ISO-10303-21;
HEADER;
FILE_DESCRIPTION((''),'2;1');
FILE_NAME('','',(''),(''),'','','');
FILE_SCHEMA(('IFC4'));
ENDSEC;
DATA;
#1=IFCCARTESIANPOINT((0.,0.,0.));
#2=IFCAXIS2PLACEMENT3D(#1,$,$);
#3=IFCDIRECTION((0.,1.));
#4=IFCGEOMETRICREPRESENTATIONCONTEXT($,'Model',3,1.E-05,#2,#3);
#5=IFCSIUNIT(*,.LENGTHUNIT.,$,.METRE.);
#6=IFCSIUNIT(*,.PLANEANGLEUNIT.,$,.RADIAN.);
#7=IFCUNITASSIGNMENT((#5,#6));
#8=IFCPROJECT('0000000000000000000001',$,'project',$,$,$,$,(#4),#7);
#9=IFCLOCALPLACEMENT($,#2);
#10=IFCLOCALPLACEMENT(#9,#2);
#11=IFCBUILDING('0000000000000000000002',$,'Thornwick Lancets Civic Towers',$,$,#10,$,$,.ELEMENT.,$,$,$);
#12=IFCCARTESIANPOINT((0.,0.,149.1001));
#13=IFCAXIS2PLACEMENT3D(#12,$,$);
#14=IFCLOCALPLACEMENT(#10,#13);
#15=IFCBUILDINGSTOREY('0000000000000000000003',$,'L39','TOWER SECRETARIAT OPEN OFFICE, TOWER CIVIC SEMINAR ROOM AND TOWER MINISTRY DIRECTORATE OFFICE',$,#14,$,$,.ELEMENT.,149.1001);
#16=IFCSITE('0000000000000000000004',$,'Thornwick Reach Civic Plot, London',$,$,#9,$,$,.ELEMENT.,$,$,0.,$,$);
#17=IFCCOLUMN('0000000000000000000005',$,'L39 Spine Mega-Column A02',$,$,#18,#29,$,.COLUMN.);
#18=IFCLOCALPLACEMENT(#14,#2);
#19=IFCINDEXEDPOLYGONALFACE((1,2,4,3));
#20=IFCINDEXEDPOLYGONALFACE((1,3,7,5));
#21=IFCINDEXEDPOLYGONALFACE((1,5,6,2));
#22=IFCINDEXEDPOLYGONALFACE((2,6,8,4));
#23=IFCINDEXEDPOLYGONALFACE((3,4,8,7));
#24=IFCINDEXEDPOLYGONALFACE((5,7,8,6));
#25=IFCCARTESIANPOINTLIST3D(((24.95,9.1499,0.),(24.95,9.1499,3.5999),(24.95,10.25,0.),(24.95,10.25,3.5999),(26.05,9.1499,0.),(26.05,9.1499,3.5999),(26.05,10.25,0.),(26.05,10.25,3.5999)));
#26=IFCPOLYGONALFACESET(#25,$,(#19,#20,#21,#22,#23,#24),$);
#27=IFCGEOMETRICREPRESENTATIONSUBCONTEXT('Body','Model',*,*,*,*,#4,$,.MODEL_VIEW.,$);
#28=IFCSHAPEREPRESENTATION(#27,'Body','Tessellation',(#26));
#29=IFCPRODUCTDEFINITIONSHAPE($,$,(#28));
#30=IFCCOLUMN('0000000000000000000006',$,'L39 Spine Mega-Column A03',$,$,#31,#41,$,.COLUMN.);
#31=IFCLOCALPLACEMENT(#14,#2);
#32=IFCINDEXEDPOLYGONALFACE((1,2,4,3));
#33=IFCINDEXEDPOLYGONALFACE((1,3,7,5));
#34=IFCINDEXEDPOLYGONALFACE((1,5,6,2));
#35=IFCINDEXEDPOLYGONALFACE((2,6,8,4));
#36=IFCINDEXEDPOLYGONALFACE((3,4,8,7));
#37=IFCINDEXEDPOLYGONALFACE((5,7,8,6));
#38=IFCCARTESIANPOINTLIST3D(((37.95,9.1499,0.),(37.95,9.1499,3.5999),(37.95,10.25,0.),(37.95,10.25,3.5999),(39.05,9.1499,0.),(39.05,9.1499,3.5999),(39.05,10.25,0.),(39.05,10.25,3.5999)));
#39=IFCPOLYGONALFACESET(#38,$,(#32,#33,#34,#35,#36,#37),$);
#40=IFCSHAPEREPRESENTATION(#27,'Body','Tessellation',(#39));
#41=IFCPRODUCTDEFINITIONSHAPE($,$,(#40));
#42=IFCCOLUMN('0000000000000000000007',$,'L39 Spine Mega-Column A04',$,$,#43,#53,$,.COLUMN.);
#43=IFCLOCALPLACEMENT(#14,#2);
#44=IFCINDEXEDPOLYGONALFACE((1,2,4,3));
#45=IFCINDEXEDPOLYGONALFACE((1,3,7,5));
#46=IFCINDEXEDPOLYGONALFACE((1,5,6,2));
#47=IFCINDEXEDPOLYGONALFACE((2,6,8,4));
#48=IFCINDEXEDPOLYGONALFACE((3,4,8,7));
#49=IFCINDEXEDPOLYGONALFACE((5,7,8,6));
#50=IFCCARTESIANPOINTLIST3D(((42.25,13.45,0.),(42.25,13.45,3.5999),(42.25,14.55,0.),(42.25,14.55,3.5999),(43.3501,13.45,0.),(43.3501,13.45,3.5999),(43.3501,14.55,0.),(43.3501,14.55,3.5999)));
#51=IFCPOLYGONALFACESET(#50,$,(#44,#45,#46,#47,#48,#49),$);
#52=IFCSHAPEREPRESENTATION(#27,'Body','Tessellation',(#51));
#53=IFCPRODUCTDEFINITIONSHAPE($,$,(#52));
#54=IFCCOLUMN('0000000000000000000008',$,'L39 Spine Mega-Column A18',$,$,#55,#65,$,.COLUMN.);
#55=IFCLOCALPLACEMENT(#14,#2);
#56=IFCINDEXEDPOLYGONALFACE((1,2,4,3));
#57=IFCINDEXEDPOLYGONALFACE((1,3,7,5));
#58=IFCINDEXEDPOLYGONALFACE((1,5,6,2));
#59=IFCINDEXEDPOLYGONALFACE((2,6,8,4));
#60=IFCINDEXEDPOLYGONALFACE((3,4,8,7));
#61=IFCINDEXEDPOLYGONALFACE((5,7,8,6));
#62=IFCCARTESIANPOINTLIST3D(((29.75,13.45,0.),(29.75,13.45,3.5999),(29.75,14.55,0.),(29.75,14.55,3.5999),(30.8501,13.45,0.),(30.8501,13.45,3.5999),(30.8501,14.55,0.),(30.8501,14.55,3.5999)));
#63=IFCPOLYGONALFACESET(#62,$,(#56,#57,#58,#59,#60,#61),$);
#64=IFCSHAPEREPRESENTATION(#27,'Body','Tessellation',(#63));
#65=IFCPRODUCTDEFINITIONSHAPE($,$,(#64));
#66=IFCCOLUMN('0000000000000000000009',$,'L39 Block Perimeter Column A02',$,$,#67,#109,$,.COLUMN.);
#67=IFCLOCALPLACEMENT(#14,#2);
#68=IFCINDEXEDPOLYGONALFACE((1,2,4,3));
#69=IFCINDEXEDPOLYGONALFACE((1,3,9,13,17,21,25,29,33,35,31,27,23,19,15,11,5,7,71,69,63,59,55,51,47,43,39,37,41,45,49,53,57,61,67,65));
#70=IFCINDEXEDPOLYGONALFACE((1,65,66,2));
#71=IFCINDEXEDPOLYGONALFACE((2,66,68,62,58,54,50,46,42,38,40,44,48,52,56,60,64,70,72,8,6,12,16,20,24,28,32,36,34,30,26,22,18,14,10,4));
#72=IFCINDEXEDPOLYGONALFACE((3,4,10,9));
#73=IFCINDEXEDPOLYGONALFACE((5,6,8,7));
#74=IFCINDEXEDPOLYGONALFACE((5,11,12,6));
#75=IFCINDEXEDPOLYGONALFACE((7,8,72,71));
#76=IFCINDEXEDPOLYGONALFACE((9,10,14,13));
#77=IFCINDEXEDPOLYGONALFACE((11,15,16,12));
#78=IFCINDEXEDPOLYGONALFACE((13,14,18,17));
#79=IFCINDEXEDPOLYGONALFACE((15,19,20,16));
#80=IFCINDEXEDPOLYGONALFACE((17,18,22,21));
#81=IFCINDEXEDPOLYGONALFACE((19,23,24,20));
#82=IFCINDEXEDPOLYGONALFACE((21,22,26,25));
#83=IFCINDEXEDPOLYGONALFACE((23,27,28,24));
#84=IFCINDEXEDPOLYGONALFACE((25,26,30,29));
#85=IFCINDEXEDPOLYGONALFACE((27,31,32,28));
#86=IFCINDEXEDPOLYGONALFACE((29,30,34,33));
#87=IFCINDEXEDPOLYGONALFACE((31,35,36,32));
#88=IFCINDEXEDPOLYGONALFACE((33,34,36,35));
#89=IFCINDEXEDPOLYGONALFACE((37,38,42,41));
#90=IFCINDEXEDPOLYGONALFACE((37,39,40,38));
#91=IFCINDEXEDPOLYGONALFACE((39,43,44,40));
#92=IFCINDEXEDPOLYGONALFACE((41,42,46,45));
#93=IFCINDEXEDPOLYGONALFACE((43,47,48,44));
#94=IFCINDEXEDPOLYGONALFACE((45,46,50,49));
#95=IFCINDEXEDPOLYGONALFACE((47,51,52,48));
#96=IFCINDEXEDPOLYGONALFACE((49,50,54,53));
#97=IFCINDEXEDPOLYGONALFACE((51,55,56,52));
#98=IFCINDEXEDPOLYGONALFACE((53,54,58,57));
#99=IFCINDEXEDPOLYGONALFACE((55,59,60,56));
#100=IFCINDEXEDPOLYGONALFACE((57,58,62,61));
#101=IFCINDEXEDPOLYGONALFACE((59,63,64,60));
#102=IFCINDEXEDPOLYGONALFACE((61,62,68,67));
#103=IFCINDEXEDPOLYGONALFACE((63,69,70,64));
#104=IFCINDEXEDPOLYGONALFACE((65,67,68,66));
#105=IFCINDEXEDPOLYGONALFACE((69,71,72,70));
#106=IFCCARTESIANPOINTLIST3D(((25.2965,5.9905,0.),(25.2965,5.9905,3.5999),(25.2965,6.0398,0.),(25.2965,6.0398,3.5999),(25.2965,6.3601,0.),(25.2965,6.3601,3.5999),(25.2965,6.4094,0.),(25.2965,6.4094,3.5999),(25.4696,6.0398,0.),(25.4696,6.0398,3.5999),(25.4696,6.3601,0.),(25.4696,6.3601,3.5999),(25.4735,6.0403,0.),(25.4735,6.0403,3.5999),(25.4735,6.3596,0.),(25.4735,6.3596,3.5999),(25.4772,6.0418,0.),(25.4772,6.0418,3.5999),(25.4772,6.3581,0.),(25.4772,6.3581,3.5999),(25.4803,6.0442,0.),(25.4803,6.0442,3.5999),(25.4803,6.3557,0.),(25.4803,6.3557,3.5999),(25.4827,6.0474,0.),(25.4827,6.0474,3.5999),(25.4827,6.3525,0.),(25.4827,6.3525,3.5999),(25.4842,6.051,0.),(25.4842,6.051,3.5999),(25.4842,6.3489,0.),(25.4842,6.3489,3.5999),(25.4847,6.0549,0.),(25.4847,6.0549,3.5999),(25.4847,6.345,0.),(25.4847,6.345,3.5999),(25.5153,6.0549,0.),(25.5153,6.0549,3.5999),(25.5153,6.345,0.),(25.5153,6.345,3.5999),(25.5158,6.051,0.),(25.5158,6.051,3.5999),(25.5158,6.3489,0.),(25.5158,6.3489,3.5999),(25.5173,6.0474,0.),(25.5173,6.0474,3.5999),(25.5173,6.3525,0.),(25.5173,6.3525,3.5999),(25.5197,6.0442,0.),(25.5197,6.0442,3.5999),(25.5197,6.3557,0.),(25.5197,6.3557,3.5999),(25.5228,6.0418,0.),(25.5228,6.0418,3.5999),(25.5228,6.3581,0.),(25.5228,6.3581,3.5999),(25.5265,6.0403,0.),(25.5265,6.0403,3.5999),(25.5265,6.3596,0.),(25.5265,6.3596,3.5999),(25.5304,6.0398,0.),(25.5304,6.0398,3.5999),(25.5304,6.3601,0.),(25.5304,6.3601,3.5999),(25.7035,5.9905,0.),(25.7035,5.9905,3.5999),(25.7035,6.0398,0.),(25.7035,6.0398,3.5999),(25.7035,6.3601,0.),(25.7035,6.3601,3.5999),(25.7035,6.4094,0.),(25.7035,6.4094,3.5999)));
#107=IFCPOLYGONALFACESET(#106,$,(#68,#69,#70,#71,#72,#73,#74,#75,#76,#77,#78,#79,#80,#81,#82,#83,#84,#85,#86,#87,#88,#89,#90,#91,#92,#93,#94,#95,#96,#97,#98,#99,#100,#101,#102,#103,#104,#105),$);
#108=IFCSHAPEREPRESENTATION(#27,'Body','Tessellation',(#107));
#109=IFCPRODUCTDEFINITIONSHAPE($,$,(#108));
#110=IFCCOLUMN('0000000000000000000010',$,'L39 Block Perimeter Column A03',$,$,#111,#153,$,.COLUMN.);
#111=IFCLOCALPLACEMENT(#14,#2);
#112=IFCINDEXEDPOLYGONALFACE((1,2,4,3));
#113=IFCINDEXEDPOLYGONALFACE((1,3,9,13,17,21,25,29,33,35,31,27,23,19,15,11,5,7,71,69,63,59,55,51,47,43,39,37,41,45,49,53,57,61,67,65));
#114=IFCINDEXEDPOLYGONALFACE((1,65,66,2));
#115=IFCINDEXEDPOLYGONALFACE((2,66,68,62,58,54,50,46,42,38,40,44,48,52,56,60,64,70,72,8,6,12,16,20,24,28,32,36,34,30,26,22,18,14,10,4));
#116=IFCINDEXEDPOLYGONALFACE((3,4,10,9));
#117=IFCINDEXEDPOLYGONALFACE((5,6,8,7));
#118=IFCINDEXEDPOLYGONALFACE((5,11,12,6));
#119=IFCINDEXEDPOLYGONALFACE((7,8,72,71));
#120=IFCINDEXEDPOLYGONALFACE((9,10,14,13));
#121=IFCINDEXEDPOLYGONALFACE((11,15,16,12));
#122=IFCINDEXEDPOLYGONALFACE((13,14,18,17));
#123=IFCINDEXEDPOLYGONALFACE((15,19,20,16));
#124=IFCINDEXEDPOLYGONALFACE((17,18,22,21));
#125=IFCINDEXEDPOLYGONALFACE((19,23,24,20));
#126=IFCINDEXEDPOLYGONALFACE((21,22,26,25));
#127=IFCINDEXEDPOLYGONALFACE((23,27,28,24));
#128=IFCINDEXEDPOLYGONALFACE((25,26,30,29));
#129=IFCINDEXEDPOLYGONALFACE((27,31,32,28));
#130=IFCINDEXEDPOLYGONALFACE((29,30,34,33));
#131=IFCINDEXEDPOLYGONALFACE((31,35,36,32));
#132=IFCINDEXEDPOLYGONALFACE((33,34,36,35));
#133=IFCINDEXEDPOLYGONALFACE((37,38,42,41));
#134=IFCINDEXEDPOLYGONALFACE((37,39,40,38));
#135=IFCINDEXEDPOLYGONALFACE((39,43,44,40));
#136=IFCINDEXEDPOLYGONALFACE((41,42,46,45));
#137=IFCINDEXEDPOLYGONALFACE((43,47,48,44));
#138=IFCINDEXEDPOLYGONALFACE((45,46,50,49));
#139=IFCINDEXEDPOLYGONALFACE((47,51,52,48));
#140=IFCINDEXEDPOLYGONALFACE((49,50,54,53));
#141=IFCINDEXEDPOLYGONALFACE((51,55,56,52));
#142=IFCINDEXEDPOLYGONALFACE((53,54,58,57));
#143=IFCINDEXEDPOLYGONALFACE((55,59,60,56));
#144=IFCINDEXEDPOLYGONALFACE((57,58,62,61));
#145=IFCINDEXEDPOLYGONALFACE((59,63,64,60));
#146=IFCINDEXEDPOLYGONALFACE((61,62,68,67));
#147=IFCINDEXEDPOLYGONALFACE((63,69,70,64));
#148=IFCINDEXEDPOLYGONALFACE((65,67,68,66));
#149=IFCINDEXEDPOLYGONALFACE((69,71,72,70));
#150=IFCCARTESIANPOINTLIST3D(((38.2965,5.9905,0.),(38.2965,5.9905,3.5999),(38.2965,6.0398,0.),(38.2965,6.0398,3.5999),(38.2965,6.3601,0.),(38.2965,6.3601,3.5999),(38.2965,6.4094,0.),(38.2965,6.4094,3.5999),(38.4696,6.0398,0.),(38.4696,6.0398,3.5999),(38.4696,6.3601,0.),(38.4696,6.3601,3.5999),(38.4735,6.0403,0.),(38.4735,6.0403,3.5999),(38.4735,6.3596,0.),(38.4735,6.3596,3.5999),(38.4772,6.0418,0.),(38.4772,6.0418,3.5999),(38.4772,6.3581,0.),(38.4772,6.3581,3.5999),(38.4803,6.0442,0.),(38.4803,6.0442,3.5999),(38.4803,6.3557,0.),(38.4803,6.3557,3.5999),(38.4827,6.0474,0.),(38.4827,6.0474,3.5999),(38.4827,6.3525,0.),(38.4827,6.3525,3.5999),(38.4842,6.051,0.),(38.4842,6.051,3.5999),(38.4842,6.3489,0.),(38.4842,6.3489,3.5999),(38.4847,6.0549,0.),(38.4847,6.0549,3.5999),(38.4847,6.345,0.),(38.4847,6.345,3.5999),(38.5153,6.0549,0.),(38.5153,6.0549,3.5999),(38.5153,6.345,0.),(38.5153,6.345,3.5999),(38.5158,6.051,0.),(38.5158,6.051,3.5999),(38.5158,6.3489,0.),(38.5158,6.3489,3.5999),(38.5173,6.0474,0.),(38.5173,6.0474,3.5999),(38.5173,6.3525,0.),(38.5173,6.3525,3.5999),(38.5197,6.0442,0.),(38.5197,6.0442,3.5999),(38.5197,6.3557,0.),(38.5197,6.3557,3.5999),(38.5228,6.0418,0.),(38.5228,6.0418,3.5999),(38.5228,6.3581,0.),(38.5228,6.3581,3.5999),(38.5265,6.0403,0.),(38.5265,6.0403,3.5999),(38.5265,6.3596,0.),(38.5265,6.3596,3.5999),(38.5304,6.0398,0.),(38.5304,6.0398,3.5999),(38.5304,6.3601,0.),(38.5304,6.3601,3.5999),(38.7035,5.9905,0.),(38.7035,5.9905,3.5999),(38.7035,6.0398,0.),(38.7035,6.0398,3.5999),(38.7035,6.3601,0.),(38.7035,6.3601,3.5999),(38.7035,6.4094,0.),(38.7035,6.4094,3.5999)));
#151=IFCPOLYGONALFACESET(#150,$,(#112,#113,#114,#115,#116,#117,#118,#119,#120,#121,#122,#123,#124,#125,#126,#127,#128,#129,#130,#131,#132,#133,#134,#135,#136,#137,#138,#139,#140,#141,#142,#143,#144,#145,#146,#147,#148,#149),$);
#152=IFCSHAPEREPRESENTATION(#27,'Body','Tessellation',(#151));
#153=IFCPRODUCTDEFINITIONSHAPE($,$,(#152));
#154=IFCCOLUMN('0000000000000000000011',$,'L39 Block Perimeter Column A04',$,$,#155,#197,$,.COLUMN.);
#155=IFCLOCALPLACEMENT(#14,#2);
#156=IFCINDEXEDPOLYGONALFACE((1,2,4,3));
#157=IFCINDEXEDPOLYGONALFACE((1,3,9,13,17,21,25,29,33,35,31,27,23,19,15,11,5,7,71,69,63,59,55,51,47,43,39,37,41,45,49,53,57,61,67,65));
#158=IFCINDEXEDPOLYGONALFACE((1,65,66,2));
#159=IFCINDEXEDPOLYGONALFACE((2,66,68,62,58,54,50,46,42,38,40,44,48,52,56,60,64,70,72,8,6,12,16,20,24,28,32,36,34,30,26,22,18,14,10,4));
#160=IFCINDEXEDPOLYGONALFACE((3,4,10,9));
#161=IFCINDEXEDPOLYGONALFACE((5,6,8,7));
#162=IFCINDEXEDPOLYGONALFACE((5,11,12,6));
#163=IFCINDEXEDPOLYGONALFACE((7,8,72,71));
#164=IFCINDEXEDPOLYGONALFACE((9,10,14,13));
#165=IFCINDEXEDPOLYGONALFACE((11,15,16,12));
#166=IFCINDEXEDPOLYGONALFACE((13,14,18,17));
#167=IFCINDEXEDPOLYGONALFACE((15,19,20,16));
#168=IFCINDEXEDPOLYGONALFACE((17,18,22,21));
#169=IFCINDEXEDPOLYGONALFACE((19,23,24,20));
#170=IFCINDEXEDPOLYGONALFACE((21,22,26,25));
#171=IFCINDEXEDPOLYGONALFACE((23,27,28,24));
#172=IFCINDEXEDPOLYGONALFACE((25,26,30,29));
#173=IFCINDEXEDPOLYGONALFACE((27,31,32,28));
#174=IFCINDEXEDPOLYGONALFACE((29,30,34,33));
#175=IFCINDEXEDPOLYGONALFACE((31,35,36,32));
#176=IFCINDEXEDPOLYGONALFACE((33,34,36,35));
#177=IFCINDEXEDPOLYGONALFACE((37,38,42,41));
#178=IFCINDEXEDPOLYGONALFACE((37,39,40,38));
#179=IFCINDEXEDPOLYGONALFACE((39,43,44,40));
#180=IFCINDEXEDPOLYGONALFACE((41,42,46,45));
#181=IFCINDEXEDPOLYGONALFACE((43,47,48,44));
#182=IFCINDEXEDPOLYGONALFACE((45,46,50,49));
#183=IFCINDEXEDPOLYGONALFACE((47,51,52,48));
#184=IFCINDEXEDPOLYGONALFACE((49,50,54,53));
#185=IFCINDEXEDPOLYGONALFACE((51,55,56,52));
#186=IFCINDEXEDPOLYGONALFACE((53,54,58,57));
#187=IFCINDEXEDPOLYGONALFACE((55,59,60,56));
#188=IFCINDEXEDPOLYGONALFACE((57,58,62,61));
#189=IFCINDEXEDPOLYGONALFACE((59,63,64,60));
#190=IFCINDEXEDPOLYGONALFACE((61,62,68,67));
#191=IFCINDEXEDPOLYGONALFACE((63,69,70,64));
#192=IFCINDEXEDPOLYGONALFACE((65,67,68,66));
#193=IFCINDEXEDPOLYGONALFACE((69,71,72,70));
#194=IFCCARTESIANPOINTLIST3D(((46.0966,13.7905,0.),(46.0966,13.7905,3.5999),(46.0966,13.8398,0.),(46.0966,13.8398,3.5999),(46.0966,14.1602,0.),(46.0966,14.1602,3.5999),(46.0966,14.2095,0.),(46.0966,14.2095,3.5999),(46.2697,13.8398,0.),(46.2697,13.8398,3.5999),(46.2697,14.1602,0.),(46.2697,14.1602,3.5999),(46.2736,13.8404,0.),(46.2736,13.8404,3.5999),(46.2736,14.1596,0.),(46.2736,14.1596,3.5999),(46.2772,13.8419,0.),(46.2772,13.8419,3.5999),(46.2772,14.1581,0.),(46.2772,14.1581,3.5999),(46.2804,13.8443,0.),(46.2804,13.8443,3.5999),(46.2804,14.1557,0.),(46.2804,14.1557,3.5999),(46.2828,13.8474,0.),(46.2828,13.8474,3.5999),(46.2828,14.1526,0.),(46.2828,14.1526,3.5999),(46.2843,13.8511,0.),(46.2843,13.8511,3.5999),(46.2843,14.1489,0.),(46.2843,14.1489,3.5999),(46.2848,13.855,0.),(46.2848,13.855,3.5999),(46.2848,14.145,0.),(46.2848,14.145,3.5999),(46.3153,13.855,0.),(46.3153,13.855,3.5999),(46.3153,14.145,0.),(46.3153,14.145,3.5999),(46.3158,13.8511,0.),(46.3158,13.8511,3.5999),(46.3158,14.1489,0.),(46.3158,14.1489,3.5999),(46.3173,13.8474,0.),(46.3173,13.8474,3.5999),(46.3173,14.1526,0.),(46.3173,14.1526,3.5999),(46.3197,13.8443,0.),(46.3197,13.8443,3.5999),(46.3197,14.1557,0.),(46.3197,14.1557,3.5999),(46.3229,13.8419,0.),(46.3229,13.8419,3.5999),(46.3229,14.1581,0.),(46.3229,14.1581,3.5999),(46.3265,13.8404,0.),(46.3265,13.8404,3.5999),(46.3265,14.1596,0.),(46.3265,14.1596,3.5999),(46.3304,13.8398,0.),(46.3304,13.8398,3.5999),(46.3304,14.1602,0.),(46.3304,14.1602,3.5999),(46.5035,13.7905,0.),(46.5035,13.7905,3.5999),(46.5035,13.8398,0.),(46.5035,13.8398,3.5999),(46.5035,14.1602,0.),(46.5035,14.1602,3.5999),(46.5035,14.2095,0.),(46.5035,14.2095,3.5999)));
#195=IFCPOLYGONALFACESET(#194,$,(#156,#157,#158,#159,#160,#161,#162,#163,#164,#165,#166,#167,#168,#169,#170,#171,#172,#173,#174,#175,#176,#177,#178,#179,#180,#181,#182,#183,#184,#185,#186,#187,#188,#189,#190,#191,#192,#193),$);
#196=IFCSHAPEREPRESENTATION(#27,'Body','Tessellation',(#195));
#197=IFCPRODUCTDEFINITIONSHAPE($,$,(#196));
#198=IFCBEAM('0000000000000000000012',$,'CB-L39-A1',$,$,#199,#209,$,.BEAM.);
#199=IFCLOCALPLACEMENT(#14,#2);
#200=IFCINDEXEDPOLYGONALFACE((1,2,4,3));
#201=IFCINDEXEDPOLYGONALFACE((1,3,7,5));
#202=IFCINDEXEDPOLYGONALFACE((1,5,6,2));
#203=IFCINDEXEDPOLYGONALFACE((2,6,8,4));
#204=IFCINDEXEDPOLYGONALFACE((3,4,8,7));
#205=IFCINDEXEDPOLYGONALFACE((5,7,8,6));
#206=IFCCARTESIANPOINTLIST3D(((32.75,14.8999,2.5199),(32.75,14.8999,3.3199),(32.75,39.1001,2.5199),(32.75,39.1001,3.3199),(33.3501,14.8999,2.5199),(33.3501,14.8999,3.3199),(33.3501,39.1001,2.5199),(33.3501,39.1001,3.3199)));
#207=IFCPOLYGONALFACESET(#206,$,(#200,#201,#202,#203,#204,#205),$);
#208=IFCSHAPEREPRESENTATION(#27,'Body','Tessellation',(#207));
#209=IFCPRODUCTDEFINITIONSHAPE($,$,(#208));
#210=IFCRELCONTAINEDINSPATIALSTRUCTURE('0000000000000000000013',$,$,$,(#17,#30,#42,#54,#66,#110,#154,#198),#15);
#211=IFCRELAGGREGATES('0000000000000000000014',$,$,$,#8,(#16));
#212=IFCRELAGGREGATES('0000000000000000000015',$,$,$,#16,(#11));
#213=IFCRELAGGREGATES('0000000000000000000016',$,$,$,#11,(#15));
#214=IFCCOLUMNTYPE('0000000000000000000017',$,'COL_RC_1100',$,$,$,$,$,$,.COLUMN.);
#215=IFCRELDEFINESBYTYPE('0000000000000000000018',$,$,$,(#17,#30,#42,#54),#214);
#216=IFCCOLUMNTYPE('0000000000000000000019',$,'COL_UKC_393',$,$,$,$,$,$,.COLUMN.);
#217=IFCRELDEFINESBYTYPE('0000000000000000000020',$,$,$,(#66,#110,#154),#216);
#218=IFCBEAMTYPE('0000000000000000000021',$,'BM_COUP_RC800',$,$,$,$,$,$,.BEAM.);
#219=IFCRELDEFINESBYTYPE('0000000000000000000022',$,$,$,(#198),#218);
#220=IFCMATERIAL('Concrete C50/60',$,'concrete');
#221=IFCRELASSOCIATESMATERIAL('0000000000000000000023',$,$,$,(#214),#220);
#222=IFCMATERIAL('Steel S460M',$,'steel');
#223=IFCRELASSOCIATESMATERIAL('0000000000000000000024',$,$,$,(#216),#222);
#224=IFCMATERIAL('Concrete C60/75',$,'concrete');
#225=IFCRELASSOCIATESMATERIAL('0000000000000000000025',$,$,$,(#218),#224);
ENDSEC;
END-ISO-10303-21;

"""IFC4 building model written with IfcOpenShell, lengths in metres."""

from ifc_helpers import new_model, si_unit, direction, frame, origin, origin_2d, place, context, subcontext, project, spatial, rectangle, i_section, extrude, material, material_profile, profile_set, type_object, element, save


model = new_model("IFC4")

# Units and contexts
model_context = context("Model", 3, precision=1e-05, world=origin(), true_north=direction((0.0, 1.0)))
body_context = subcontext(model_context, "Body", "Model", "MODEL_VIEW")
ifc_project = project(units=[si_unit("LENGTHUNIT", "METRE"), si_unit("PLANEANGLEUNIT", "RADIAN")], contexts=[model_context])

# Site, building, storey
site_placement = place(None, origin())
site = spatial("IfcSite", under=ifc_project, at=site_placement, Name="Thornwick Reach Civic Plot, London", CompositionType="ELEMENT", RefElevation=0.0)
building_placement = place(site_placement, origin())
building = spatial("IfcBuilding", under=site, at=building_placement, Name="Thornwick Lancets Civic Towers", CompositionType="ELEMENT")
storey_placement = place(building_placement, frame((0.0, 0.0, 149.1001)))
storey = spatial("IfcBuildingStorey", under=building, at=storey_placement, Name="L39", Description="TOWER SECRETARIAT OPEN OFFICE, TOWER CIVIC SEMINAR ROOM AND TOWER MINISTRY DIRECTORATE OFFICE", CompositionType="ELEMENT", Elevation=149.1001)

# Columns
ifc_material_1 = material(Name="Concrete C50/60", Category="concrete")
ifc_material_profile_1 = material_profile(ifc_material_1, rectangle(XDim=1.1001, YDim=1.1001, at=origin_2d()), Name="RC 1100x1100")
ifc_profile_set_1 = profile_set([ifc_material_profile_1], Name="Concrete C50/60")
column_type_1 = type_object("IfcColumnType", Name="COL_RC_1100", PredefinedType="COLUMN", material=ifc_profile_set_1)
for number, where, z_axis, x_axis, name in (
    (1, (25.5, 9.7, 0.0), (0.0, 0.0, 1.0), (1.0, 0.0, 0.0), "L39 Spine Mega-Column A02"),
    (2, (38.5, 9.7, 0.0), (0.0, 0.0, 1.0), (1.0, 0.0, 0.0), "L39 Spine Mega-Column A03"),
    (3, (42.8, 14.0, 0.0), (0.0, 0.0, 1.0), (1.0, 0.0, 0.0), "L39 Spine Mega-Column A04"),
    (4, (30.3, 14.0, 0.0), (0.0, 0.0, 1.0), (1.0, 0.0, 0.0), "L39 Spine Mega-Column A18"),
):
    element("IfcColumn", number, at=place(storey_placement, frame(where, z_axis=z_axis, x_axis=x_axis)), inside=storey, type_object=column_type_1, Name=name, PredefinedType="COLUMN", context=body_context, shape_type="SweptSolid", body=[
        extrude(rectangle(XDim=1.1001, YDim=1.1001, at=origin_2d()), origin(), (0.0, 0.0, 1.0), 3.5999),
    ])
ifc_material_2 = material(Name="Steel S460M", Category="steel")
ifc_material_profile_2 = material_profile(ifc_material_2, i_section(OverallWidth=0.407, OverallDepth=0.4189, WebThickness=0.0305, FlangeThickness=0.0493, FilletRadius=0.0151, at=origin_2d()), Name="UKC 356x406x393")
ifc_profile_set_2 = profile_set([ifc_material_profile_2], Name="Steel S460M")
column_type_2 = type_object("IfcColumnType", Name="COL_UKC_393", PredefinedType="COLUMN", material=ifc_profile_set_2)
for number, where, z_axis, x_axis, name in (
    (5, (25.5, 6.2, 0.0), (0.0, 0.0, 1.0), (1.0, 0.0, 0.0), "L39 Block Perimeter Column A02"),
    (6, (38.5, 6.2, 0.0), (0.0, 0.0, 1.0), (1.0, 0.0, 0.0), "L39 Block Perimeter Column A03"),
    (7, (46.3, 14.0, 0.0), (0.0, 0.0, 1.0), (1.0, 0.0, 0.0), "L39 Block Perimeter Column A04"),
):
    element("IfcColumn", number, at=place(storey_placement, frame(where, z_axis=z_axis, x_axis=x_axis)), inside=storey, type_object=column_type_2, Name=name, PredefinedType="COLUMN", context=body_context, shape_type="SweptSolid", body=[
        extrude(i_section(OverallWidth=0.407, OverallDepth=0.4189, WebThickness=0.0305, FlangeThickness=0.0493, FilletRadius=0.0151, at=origin_2d()), origin(), (0.0, 0.0, 1.0), 3.5999),
    ])

# Beam
ifc_material_3 = material(Name="Concrete C60/75", Category="concrete")
ifc_material_profile_3 = material_profile(ifc_material_3, rectangle(XDim=0.6001, YDim=0.8, at=origin_2d()), Name="RC 600x800")
ifc_profile_set_3 = profile_set([ifc_material_profile_3], Name="Concrete C60/75")
beam_type_1 = type_object("IfcBeamType", Name="BM_COUP_RC800", PredefinedType="BEAM", material=ifc_profile_set_3)
beam_1_placement = place(storey_placement, frame((33.05, 14.8999, 2.9199), z_axis=(0.0, 1.0, 0.0), x_axis=(-1.0, 0.0, 0.0)))
element("IfcBeam", 8, at=beam_1_placement, inside=storey, type_object=beam_type_1, Name="CB-L39-A1", PredefinedType="BEAM", context=body_context, shape_type="SweptSolid", body=[
    extrude(rectangle(XDim=0.6001, YDim=0.8, at=origin_2d()), origin(), (0.0, 0.0, 1.0), 24.2002),
])

save(model, "model.ifc")
